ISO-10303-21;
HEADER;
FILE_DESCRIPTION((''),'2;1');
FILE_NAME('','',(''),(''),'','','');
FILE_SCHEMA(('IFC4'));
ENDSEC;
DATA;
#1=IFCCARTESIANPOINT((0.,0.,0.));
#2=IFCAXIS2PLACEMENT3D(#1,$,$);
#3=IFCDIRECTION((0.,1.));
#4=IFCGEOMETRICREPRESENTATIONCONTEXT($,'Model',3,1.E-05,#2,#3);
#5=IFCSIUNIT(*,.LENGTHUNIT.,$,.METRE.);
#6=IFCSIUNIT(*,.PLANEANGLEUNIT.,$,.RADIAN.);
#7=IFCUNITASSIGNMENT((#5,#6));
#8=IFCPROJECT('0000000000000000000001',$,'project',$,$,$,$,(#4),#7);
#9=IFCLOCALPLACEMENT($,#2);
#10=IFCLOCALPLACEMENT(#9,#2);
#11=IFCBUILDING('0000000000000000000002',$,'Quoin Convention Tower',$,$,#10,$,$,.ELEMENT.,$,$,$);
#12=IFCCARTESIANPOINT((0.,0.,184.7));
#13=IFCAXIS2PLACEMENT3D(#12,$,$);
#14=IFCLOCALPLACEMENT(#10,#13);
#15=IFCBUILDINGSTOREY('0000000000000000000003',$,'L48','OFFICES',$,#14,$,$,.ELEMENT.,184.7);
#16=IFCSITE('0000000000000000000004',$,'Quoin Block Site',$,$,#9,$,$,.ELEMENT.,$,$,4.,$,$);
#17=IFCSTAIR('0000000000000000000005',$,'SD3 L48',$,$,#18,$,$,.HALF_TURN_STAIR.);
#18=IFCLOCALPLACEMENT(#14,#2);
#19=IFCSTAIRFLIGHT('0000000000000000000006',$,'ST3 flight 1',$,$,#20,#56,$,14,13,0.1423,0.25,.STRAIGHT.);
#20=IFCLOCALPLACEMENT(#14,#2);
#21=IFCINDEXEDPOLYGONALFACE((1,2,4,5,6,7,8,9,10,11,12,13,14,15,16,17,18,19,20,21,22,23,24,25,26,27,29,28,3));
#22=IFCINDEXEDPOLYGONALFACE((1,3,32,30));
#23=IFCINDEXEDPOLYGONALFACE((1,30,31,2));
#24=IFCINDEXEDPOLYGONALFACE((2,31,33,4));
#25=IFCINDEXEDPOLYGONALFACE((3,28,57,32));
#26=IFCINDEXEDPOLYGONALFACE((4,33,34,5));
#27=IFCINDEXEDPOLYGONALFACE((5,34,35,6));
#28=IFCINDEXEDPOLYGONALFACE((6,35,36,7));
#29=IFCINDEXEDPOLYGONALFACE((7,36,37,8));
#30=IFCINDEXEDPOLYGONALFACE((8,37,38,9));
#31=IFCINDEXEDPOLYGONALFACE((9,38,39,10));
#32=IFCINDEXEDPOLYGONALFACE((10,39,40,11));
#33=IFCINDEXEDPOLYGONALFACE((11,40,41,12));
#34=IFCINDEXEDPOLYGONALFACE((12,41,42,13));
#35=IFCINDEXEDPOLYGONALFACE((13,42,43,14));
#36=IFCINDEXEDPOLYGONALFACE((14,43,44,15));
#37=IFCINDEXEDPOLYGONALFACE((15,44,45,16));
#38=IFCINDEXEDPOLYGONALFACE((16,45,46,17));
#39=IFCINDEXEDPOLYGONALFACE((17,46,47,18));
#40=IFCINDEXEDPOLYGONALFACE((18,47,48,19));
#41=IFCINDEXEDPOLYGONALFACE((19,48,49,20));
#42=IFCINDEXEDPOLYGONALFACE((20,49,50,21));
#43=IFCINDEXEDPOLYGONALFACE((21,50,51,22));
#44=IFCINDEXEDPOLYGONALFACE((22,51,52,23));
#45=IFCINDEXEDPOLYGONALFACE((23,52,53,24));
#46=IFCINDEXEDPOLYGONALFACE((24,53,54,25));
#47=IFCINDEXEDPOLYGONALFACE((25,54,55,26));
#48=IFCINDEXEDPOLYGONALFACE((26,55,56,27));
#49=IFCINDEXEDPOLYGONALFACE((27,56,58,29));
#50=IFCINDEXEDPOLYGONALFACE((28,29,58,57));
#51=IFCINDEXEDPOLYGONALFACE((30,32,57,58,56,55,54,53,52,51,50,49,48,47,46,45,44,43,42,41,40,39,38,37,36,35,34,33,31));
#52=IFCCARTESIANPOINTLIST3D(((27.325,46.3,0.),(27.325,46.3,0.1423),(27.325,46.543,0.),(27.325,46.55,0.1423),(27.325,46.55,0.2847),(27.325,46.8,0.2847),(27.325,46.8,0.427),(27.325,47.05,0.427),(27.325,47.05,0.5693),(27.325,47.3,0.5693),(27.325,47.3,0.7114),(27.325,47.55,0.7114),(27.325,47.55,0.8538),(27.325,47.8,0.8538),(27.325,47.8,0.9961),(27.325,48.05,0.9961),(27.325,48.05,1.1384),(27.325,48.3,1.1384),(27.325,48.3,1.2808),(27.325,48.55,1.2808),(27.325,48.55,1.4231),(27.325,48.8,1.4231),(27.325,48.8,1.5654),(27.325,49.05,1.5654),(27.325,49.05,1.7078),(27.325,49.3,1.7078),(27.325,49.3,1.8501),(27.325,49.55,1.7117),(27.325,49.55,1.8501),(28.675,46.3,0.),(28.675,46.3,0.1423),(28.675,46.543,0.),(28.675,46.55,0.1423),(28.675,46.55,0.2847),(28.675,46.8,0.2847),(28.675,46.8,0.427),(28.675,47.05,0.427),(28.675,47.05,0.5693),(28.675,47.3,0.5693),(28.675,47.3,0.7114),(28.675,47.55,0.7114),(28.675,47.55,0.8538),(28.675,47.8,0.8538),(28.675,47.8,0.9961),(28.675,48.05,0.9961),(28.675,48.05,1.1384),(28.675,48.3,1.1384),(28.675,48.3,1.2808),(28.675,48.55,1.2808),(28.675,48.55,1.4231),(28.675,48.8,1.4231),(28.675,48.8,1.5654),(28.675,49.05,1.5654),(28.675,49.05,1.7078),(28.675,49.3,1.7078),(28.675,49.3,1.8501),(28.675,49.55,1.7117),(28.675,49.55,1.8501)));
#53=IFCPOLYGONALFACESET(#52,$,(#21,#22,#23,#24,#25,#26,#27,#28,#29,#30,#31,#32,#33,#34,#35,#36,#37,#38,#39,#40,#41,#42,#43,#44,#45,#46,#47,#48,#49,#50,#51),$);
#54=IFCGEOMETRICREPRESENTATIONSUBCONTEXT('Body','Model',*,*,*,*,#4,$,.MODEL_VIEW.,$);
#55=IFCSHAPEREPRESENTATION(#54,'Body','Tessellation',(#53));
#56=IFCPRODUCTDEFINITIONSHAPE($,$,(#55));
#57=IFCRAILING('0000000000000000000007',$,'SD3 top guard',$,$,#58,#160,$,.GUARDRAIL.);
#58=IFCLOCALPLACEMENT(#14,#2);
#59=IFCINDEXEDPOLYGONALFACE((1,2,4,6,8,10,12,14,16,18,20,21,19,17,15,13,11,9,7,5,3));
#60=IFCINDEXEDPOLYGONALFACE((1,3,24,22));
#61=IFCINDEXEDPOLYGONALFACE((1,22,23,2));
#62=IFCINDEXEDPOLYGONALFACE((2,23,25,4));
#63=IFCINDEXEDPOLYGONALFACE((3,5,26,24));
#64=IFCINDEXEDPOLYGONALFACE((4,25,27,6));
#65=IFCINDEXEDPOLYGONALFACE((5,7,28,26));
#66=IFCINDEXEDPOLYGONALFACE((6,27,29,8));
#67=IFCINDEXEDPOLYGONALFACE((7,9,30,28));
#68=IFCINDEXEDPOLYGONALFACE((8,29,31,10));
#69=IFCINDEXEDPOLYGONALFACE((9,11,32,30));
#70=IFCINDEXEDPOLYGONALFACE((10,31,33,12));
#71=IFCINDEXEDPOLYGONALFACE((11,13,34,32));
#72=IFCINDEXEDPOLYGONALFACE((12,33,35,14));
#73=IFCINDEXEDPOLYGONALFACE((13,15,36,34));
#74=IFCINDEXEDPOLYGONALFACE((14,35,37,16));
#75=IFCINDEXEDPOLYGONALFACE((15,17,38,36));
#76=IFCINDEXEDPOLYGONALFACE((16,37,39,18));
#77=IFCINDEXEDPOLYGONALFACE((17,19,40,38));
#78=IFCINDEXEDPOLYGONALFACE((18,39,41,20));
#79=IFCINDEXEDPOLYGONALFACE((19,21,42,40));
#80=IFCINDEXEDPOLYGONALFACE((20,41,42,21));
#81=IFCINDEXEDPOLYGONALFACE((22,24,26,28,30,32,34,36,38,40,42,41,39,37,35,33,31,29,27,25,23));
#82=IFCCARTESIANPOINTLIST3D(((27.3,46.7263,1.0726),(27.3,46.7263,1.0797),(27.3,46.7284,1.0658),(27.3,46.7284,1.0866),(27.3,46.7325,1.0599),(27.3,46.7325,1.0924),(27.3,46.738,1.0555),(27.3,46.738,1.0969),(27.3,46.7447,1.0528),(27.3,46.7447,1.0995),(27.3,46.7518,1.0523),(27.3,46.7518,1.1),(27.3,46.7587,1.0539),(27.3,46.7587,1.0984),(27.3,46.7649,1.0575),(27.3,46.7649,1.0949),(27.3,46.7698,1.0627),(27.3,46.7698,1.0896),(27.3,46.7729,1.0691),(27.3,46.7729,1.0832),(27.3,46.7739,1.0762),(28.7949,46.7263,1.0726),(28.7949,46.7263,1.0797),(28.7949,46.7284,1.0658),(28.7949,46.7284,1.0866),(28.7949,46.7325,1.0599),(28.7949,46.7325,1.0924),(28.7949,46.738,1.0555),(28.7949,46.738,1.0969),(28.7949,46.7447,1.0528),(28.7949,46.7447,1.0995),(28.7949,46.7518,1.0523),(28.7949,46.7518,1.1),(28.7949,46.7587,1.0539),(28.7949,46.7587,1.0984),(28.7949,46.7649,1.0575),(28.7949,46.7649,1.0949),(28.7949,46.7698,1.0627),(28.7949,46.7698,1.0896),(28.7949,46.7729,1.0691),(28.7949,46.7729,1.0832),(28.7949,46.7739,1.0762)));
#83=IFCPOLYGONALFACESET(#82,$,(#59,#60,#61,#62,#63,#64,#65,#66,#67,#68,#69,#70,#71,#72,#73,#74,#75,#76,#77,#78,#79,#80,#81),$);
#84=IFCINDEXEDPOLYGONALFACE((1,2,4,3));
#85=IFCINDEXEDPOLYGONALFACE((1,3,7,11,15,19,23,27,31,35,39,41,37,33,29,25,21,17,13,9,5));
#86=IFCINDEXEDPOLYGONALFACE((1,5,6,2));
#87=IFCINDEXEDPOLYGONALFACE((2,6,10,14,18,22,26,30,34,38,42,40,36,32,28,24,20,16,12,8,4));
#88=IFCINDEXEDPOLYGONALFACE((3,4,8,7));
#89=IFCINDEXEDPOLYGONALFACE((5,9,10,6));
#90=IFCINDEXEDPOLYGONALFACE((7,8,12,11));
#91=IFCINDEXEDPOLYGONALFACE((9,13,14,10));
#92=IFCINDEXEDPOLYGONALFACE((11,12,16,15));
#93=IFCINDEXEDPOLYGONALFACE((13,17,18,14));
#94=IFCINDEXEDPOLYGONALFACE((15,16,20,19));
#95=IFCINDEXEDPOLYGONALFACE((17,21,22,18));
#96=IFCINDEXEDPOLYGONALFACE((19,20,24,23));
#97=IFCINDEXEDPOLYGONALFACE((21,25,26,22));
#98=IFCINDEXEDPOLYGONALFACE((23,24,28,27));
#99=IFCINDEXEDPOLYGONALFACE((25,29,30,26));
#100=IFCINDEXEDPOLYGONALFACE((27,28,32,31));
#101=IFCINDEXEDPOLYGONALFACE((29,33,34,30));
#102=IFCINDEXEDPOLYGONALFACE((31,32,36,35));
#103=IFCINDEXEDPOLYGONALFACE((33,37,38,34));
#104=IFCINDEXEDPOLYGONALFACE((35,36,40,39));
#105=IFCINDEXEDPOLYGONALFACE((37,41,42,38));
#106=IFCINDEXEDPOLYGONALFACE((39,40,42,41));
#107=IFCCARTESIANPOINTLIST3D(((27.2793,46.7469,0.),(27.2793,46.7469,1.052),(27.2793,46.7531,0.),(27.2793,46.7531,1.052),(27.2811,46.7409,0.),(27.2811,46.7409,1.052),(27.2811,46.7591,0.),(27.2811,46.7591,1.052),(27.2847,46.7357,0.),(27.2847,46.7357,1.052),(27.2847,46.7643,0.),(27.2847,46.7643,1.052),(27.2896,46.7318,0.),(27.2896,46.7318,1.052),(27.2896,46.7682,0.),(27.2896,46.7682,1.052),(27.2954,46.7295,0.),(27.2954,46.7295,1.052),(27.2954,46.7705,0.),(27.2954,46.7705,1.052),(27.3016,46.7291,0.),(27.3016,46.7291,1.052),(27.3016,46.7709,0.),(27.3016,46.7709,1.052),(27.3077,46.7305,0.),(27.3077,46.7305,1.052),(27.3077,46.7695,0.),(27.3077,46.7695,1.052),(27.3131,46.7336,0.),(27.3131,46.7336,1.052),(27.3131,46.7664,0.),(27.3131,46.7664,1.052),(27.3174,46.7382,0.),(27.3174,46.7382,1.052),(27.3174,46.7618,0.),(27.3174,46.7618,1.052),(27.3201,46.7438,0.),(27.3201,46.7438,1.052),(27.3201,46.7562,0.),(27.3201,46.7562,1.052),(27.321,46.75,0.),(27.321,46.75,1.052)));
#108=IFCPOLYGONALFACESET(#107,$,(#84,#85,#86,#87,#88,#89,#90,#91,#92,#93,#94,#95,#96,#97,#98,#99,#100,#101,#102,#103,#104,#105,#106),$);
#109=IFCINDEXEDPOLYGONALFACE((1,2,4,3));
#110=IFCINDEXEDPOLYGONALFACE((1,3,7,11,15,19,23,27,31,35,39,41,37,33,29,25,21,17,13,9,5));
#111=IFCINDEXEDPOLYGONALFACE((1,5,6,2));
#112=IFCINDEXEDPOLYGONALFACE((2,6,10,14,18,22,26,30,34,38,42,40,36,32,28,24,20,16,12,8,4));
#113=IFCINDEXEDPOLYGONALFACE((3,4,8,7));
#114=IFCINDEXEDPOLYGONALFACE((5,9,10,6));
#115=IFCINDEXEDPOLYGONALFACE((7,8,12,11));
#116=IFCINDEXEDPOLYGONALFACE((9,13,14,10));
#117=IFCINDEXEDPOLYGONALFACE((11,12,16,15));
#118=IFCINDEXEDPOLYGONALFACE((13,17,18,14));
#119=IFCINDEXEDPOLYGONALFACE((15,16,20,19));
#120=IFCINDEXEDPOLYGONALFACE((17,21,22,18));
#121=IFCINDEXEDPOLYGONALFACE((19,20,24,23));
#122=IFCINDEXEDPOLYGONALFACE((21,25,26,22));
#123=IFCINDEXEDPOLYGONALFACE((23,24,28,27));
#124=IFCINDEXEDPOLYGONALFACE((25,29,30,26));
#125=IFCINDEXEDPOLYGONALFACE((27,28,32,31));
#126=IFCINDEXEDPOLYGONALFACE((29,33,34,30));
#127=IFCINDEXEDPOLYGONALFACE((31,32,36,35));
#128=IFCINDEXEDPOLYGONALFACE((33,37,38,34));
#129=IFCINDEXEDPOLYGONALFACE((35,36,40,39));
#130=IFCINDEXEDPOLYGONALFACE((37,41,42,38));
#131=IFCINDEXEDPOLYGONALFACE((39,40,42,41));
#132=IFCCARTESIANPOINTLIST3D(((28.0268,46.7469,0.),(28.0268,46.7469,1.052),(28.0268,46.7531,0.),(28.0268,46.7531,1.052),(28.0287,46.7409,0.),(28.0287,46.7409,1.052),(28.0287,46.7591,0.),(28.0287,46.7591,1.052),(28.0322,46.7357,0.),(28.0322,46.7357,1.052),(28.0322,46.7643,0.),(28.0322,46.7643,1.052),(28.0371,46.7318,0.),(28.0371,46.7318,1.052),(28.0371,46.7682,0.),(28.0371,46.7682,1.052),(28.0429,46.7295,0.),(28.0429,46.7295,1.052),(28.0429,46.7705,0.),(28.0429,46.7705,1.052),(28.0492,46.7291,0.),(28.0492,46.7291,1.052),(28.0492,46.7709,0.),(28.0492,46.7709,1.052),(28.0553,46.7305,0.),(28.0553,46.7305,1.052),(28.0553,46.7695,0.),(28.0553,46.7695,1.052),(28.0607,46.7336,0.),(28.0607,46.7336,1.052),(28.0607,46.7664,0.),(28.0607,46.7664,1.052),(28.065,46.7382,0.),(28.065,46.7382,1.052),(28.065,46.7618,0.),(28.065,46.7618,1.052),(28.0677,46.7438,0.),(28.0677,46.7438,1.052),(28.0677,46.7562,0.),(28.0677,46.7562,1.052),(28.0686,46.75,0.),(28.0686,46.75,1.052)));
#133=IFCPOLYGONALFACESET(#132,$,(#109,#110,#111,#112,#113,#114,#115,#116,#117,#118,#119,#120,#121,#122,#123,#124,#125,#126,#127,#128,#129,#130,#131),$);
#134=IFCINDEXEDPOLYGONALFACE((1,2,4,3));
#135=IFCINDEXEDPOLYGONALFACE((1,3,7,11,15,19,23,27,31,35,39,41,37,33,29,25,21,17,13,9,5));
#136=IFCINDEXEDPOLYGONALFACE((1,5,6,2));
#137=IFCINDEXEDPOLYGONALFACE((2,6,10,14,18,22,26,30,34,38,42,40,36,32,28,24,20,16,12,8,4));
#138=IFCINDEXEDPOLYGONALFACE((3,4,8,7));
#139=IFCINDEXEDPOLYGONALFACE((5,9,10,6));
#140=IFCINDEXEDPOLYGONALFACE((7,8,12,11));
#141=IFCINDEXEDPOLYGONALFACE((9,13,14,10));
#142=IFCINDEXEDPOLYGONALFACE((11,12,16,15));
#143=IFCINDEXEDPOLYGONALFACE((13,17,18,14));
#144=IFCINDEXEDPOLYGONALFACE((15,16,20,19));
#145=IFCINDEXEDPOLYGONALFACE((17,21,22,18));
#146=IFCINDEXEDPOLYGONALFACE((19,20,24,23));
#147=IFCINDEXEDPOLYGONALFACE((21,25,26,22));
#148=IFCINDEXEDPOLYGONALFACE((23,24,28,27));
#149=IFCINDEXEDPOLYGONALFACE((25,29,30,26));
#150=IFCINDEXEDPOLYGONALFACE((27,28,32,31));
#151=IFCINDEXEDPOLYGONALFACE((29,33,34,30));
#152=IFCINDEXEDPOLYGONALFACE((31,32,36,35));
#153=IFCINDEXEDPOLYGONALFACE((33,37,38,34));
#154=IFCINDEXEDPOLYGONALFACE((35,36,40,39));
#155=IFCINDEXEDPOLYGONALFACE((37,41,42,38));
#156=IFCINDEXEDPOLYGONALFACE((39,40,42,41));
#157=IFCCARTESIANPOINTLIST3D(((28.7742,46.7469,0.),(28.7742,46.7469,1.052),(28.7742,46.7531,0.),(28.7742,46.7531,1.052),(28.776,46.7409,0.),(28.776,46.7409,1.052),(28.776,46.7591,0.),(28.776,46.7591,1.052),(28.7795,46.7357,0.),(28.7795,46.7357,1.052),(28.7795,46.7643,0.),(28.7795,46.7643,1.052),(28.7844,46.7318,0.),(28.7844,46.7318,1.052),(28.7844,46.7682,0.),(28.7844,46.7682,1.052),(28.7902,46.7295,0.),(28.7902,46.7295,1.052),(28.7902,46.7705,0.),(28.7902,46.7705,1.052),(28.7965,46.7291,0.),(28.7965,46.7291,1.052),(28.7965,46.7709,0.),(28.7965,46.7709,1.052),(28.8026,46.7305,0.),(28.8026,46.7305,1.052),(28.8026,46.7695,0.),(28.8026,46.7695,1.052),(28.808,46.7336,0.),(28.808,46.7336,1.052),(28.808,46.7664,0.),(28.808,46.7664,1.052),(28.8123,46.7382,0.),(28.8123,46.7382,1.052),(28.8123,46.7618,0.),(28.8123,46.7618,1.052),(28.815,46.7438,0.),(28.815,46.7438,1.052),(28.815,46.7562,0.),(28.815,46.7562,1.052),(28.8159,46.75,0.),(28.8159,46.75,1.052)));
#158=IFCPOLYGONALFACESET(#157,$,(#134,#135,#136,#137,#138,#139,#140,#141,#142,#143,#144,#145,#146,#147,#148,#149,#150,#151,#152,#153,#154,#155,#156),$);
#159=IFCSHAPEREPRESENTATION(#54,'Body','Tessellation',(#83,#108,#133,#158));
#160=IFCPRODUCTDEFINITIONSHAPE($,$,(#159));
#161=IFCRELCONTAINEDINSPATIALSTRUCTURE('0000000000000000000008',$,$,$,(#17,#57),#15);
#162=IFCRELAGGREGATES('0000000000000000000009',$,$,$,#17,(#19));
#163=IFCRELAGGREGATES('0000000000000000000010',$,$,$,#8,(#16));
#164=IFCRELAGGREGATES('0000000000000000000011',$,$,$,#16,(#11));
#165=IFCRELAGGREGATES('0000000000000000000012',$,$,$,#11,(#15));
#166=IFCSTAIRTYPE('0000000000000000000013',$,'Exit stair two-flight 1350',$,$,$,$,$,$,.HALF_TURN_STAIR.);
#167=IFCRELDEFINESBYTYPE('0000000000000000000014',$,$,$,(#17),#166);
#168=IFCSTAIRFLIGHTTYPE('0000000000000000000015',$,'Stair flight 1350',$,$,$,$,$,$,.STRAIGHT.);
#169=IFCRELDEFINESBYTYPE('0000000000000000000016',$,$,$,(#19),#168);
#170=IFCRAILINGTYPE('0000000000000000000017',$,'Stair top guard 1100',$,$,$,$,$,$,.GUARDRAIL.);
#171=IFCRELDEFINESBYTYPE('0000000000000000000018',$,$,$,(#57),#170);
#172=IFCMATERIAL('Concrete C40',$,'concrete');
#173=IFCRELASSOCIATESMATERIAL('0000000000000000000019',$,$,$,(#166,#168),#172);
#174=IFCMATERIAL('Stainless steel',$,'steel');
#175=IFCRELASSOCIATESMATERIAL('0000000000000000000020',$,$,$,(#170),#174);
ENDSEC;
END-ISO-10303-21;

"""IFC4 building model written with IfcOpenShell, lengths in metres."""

from ifc_helpers import new_model, si_unit, direction, frame, origin, origin_2d, place, context, subcontext, project, spatial, polyline, circle, outline, extrude, material, type_object, element, aggregate, save


model = new_model("IFC4")

# Units and contexts
model_context = context("Model", 3, precision=1e-05, world=origin(), true_north=direction((0.0, 1.0)))
body_context = subcontext(model_context, "Body", "Model", "MODEL_VIEW")
ifc_project = project(units=[si_unit("LENGTHUNIT", "METRE"), si_unit("PLANEANGLEUNIT", "RADIAN")], contexts=[model_context])

# Site, building, storey
site_placement = place(None, origin())
site = spatial("IfcSite", under=ifc_project, at=site_placement, Name="Quoin Block Site", CompositionType="ELEMENT", RefElevation=4.0)
building_placement = place(site_placement, origin())
building = spatial("IfcBuilding", under=site, at=building_placement, Name="Quoin Convention Tower", CompositionType="ELEMENT")
storey_placement = place(building_placement, frame((0.0, 0.0, 184.7)))
storey = spatial("IfcBuildingStorey", under=building, at=storey_placement, Name="L48", Description="OFFICES", CompositionType="ELEMENT", Elevation=184.7)

# Stair, stair flight
ifc_material_1 = material(Name="Concrete C40", Category="concrete")
stair_type = type_object("IfcStairType", Name="Exit stair two-flight 1350", PredefinedType="HALF_TURN_STAIR", material=ifc_material_1)
stair_placement = place(storey_placement, origin())
stair = element("IfcStair", 1, at=stair_placement, inside=storey, type_object=stair_type, Name="SD3 L48", PredefinedType="HALF_TURN_STAIR")
stair_flight_type = type_object("IfcStairFlightType", Name="Stair flight 1350", PredefinedType="STRAIGHT", material=ifc_material_1)
stair_flight_placement = place(storey_placement, frame((28.0, 46.3, 0.0), z_axis=(0.0, 0.0, 1.0), x_axis=(0.0, 1.0, 0.0)))
stair_flight = element("IfcStairFlight", 2, at=stair_flight_placement, type_object=stair_flight_type, Name="ST3 flight 1", NumberOfRisers=14, NumberOfTreads=13, PredefinedType="STRAIGHT", RiserHeight=0.1423, TreadLength=0.25, context=body_context, shape_type="SweptSolid", body=[
    extrude(outline(polyline([(0.0, 0.0), (0.0, 0.1423), (0.25, 0.1423), (0.25, 0.2847), (0.5, 0.2847), (0.5, 0.427), (0.75, 0.427), (0.75, 0.5693), (1.0, 0.5693), (1.0, 0.7114), (1.25, 0.7114), (1.25, 0.8538), (1.5, 0.8538), (1.5, 0.9961), (1.75, 0.9961), (1.75, 1.1384), (2.0, 1.1384), (2.0, 1.2808), (2.25, 1.2808), (2.25, 1.4231), (2.5, 1.4231), (2.5, 1.5654), (2.75, 1.5654), (2.75, 1.7078), (3.0, 1.7078), (3.0, 1.8501), (3.25, 1.8501), (3.25, 1.9922), (3.25, 1.7117), (0.2429, 0.0), (0.0, 0.0)])), frame((0.0, 0.675, 0.0), z_axis=(0.0, -1.0, 0.0), x_axis=(1.0, 0.0, 0.0)), (0.0, 0.0, 1.0), 1.3501),
])
aggregate(stair, [stair_flight])

# Railing
ifc_material_2 = material(Name="Stainless steel", Category="steel")
railing_type_1 = type_object("IfcRailingType", Name="Stair top guard 1100", PredefinedType="GUARDRAIL", material=ifc_material_2)
railing_1_placement = place(storey_placement, frame((27.3, 46.75, 0.0)))
element("IfcRailing", 3, at=railing_1_placement, inside=storey, type_object=railing_type_1, Name="SD3 top guard", PredefinedType="GUARDRAIL", context=body_context, shape_type="SweptSolid", body=[
    extrude(circle(Radius=0.0239, at=origin_2d()), frame((0.0, 0.0, 1.0762), z_axis=(1.0, 0.0, 0.0), x_axis=(0.0, 1.0, 0.0)), (0.0, 0.0, 1.0), 1.4949),
    extrude(circle(Radius=0.021, at=origin_2d()), origin(), (0.0, 0.0, 1.0), 1.052),
    extrude(circle(Radius=0.021, at=origin_2d()), frame((0.7476, 0.0, 0.0)), (0.0, 0.0, 1.0), 1.052),
    extrude(circle(Radius=0.021, at=origin_2d()), frame((1.4949, 0.0, 0.0)), (0.0, 0.0, 1.0), 1.052),
])

save(model, "model.ifc")
